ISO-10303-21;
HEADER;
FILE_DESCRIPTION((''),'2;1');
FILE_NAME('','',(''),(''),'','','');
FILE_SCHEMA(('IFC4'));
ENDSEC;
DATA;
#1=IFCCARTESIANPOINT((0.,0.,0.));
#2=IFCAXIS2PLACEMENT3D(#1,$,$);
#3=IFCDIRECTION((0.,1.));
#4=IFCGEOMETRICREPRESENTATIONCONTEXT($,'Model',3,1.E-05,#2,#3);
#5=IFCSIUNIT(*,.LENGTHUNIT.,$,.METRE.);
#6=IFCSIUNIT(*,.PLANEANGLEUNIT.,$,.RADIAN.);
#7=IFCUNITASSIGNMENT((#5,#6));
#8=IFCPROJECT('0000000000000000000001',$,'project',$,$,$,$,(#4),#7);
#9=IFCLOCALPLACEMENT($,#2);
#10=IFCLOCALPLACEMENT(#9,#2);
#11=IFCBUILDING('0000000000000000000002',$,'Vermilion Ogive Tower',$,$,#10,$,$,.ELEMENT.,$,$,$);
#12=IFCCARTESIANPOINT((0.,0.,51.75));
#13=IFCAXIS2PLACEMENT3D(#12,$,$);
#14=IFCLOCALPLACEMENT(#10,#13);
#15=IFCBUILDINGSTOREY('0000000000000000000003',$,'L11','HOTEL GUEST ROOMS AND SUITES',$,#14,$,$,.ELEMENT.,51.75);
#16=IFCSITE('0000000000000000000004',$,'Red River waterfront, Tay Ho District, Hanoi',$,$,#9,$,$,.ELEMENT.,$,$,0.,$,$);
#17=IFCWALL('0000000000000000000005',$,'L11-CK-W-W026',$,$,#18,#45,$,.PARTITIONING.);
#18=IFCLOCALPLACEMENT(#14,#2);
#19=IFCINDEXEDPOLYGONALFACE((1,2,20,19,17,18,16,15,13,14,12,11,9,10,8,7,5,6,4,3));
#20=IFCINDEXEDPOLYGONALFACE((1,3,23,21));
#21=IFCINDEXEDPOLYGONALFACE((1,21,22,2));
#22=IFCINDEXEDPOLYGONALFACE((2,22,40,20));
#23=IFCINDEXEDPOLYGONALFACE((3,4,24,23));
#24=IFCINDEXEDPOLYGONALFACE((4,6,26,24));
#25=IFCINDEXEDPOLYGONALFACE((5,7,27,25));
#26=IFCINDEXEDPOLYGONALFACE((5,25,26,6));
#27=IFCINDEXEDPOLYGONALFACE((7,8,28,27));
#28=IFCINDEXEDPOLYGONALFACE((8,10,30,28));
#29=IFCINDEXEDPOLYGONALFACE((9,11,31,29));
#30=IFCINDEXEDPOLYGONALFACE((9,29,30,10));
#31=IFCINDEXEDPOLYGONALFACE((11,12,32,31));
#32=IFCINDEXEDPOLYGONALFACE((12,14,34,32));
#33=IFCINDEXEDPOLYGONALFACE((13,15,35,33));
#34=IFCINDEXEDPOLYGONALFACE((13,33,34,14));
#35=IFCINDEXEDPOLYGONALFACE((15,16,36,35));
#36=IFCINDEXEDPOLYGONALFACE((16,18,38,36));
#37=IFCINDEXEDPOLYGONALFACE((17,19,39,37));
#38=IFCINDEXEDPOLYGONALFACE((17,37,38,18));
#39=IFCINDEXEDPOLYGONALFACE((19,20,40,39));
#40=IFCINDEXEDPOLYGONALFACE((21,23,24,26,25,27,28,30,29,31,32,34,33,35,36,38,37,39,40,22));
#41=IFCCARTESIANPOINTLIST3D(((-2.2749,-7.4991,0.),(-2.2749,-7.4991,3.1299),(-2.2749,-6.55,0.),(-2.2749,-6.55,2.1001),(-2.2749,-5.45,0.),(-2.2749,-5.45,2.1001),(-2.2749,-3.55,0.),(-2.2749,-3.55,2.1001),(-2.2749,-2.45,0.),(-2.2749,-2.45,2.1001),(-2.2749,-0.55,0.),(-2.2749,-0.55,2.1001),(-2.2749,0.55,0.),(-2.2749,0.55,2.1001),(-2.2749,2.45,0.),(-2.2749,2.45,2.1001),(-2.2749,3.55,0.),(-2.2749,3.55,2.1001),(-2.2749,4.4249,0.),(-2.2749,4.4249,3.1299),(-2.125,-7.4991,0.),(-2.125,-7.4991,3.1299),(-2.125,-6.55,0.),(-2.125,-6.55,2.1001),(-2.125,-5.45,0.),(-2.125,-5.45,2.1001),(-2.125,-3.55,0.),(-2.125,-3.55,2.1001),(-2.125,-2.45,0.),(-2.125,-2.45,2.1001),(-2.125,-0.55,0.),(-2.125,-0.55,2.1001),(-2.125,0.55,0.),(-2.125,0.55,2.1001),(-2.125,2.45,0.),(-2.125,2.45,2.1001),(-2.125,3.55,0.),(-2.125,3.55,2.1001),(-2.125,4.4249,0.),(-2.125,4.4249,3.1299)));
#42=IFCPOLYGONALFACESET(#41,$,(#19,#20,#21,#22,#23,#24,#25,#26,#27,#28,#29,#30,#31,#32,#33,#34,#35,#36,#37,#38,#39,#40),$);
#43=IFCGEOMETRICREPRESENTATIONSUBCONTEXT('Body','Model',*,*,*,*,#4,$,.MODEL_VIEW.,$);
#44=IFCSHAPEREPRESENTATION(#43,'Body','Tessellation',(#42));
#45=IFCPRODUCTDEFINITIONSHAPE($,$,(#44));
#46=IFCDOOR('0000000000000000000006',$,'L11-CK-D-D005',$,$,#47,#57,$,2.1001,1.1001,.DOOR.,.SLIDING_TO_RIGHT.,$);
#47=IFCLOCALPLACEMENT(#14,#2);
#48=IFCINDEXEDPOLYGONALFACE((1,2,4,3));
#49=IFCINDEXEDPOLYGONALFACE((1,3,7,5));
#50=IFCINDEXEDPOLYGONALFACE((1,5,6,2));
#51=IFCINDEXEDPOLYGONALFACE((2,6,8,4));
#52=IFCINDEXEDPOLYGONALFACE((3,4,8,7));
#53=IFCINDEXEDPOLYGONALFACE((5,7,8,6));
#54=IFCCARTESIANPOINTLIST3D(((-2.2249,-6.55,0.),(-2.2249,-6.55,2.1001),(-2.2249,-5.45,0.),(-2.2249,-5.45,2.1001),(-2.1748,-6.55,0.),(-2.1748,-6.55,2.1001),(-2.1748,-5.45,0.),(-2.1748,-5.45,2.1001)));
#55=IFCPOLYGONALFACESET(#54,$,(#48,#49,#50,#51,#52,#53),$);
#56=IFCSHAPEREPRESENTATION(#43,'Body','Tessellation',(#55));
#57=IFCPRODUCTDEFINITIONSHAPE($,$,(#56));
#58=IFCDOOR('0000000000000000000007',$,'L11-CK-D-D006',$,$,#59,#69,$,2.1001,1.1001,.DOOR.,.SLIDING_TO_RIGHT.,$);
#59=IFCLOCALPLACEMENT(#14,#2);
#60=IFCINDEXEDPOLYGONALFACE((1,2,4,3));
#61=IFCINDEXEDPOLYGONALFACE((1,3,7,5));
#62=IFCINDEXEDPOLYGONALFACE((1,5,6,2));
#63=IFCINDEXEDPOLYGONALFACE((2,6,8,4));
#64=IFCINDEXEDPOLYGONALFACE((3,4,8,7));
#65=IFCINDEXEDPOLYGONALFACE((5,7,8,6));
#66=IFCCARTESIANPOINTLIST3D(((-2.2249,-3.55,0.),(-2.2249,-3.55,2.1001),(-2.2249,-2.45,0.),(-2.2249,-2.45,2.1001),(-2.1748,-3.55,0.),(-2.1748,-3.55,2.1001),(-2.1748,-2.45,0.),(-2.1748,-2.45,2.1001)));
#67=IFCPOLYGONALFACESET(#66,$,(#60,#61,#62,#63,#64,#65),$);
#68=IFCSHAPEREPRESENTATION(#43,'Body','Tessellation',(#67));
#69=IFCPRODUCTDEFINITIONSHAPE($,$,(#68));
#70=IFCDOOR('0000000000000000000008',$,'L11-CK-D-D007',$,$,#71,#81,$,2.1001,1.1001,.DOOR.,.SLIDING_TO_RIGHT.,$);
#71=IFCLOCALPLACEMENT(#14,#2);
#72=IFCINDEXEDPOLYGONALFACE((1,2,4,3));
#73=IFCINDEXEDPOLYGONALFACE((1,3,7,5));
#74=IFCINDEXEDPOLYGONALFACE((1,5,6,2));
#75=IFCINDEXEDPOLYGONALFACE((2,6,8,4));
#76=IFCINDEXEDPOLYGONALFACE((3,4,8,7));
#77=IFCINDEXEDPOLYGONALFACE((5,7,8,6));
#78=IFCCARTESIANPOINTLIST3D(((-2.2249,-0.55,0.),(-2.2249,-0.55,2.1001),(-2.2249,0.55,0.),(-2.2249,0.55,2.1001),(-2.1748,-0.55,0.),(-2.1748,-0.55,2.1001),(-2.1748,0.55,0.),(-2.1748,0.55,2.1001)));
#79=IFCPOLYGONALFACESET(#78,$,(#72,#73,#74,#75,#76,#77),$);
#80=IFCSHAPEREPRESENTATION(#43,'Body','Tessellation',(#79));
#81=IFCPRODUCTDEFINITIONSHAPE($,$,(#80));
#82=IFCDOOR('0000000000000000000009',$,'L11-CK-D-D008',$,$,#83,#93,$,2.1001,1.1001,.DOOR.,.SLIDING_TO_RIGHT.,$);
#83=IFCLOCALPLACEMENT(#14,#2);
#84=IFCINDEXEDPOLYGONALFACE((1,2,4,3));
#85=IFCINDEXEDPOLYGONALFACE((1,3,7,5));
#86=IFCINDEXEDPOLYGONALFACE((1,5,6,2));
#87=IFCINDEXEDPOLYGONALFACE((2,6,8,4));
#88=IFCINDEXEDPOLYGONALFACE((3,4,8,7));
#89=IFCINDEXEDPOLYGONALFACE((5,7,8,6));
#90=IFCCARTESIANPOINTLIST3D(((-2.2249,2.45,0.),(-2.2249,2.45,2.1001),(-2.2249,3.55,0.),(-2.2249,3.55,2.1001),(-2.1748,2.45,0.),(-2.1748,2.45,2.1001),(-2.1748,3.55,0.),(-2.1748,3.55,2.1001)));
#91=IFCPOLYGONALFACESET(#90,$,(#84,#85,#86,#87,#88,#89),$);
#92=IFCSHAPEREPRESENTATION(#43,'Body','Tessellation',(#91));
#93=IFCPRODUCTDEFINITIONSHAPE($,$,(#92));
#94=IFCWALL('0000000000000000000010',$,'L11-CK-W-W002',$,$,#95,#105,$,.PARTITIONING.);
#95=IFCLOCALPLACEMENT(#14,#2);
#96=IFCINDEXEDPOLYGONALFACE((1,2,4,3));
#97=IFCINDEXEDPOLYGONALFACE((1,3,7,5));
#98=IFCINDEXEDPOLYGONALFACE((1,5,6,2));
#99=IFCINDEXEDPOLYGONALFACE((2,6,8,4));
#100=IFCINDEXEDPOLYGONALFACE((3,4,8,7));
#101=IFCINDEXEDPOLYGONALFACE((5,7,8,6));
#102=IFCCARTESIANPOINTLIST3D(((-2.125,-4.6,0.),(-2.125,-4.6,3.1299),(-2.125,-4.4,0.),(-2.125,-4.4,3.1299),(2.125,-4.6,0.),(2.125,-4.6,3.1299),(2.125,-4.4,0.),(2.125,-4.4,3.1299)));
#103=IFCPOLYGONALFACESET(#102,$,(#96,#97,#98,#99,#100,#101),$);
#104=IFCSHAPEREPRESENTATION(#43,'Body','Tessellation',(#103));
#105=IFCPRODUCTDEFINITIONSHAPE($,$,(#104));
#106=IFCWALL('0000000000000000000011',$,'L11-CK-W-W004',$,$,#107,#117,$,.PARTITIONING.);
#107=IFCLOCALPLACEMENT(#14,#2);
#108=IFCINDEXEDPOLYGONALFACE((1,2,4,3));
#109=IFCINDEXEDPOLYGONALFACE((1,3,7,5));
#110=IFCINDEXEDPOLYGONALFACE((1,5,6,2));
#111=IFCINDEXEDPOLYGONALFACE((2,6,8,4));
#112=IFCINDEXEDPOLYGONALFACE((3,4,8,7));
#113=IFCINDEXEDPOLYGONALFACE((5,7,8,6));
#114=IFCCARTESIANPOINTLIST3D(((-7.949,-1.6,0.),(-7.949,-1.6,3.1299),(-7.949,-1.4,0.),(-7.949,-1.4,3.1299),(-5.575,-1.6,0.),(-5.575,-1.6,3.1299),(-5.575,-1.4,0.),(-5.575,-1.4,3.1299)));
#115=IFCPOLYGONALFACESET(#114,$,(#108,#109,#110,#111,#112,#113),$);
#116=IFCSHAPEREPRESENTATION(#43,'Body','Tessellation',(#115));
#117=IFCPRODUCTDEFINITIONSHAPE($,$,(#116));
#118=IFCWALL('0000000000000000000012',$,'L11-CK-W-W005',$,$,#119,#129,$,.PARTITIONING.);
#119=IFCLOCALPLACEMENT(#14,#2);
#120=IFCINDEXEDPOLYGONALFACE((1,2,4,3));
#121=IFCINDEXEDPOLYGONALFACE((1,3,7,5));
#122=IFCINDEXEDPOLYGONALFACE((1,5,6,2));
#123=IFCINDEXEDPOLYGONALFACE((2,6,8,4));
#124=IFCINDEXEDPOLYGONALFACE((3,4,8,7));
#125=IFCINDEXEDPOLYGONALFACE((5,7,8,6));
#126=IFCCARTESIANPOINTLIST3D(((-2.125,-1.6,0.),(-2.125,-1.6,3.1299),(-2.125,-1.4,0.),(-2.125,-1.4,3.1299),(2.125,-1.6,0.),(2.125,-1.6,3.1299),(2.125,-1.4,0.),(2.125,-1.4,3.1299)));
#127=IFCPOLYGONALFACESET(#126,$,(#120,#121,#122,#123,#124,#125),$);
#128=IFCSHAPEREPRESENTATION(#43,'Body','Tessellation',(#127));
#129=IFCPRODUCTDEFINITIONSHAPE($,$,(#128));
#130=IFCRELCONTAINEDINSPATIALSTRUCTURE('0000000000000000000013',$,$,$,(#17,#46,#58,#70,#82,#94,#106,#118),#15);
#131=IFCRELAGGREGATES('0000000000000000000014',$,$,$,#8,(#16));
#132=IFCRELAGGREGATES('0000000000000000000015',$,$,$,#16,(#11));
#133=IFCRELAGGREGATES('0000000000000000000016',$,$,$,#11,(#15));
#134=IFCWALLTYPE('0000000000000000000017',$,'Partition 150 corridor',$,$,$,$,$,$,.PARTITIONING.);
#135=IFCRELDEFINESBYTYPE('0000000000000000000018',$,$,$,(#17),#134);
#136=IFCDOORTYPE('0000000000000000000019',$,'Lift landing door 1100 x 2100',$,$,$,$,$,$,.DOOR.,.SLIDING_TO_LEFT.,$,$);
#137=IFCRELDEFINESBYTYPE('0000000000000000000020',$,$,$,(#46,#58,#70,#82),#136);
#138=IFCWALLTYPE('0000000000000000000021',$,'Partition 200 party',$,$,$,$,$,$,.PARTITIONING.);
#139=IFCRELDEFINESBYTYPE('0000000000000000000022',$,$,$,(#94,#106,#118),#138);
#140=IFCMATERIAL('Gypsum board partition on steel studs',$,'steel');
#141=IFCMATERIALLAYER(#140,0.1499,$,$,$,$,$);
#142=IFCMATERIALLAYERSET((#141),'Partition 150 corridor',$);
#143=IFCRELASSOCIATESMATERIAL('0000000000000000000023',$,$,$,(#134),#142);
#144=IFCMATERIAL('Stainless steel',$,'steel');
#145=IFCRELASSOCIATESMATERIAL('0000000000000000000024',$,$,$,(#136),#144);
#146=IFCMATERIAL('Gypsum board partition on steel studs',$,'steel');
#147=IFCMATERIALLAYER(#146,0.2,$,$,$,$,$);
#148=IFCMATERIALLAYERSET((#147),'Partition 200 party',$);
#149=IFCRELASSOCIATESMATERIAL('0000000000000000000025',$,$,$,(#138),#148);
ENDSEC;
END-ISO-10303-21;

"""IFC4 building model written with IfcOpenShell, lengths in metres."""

from ifc_helpers import new_model, si_unit, direction, frame, frame_2d, origin, place, context, subcontext, project, spatial, rectangle, extrude, material, layer, layer_set, type_object, element, fill, save


model = new_model("IFC4")

# Units and contexts
model_context = context("Model", 3, precision=1e-05, world=origin(), true_north=direction((0.0, 1.0)))
body_context = subcontext(model_context, "Body", "Model", "MODEL_VIEW")
ifc_project = project(units=[si_unit("LENGTHUNIT", "METRE"), si_unit("PLANEANGLEUNIT", "RADIAN")], contexts=[model_context])

# Site, building, storey
site_placement = place(None, origin())
site = spatial("IfcSite", under=ifc_project, at=site_placement, Name="Red River waterfront, Tay Ho District, Hanoi", CompositionType="ELEMENT", RefElevation=0.0)
building_placement = place(site_placement, origin())
building = spatial("IfcBuilding", under=site, at=building_placement, Name="Vermilion Ogive Tower", CompositionType="ELEMENT")
storey_placement = place(building_placement, frame((0.0, 0.0, 51.75)))
storey = spatial("IfcBuildingStorey", under=building, at=storey_placement, Name="L11", Description="HOTEL GUEST ROOMS AND SUITES", CompositionType="ELEMENT", Elevation=51.75)

# Wall, openings, doors
ifc_material_1 = material(Name="Gypsum board partition on steel studs", Category="steel")
ifc_layer_1 = layer(ifc_material_1, 0.1499)
ifc_layer_set_1 = layer_set([ifc_layer_1], Name="Partition 150 corridor")
wall_type_1 = type_object("IfcWallType", Name="Partition 150 corridor", PredefinedType="PARTITIONING", material=ifc_layer_set_1)
ifc_material_2 = material(Name="Stainless steel", Category="steel")
door_type = type_object("IfcDoorType", Name="Lift landing door 1100 x 2100", OperationType="SLIDING_TO_LEFT", PredefinedType="DOOR", material=ifc_material_2)
wall_1_placement = place(storey_placement, frame((-2.2, -7.499, 0.0), z_axis=(0.0, 0.0, 1.0), x_axis=(0.0, 1.0, 0.0)))
wall_1 = element("IfcWall", 1, at=wall_1_placement, inside=storey, type_object=wall_type_1, Name="L11-CK-W-W026", PredefinedType="PARTITIONING", context=body_context, shape_type="SweptSolid", body=[
    extrude(rectangle(XDim=11.9241, YDim=0.1499, at=frame_2d((5.9619, 0.0))), origin(), (0.0, 0.0, 1.0), 3.1299),
])
opening_1_placement = place(wall_1_placement, frame((0.949, 0.0, 0.0)))
opening_1 = element("IfcOpeningElement", 2, at=opening_1_placement, cuts=wall_1, PredefinedType="OPENING", context=body_context, shape_type="SweptSolid", body=[
    extrude(rectangle(XDim=1.1001, YDim=2.1001, at=frame_2d((0.55, 1.05))), frame((0.0, 0.085, 0.0), z_axis=(0.0, -1.0, 0.0), x_axis=(1.0, 0.0, 0.0)), (0.0, 0.0, 1.0), 0.1699),
])
opening_2_placement = place(wall_1_placement, frame((3.949, 0.0, 0.0)))
opening_2 = element("IfcOpeningElement", 3, at=opening_2_placement, cuts=wall_1, PredefinedType="OPENING", context=body_context, shape_type="SweptSolid", body=[
    extrude(rectangle(XDim=1.1001, YDim=2.1001, at=frame_2d((0.55, 1.05))), frame((0.0, 0.085, 0.0), z_axis=(0.0, -1.0, 0.0), x_axis=(1.0, 0.0, 0.0)), (0.0, 0.0, 1.0), 0.1699),
])
opening_3_placement = place(wall_1_placement, frame((6.949, 0.0, 0.0)))
opening_3 = element("IfcOpeningElement", 4, at=opening_3_placement, cuts=wall_1, PredefinedType="OPENING", context=body_context, shape_type="SweptSolid", body=[
    extrude(rectangle(XDim=1.1001, YDim=2.1001, at=frame_2d((0.55, 1.05))), frame((0.0, 0.085, 0.0), z_axis=(0.0, -1.0, 0.0), x_axis=(1.0, 0.0, 0.0)), (0.0, 0.0, 1.0), 0.1699),
])
opening_4_placement = place(wall_1_placement, frame((9.949, 0.0, 0.0)))
opening_4 = element("IfcOpeningElement", 5, at=opening_4_placement, cuts=wall_1, PredefinedType="OPENING", context=body_context, shape_type="SweptSolid", body=[
    extrude(rectangle(XDim=1.1001, YDim=2.1001, at=frame_2d((0.55, 1.05))), frame((0.0, 0.085, 0.0), z_axis=(0.0, -1.0, 0.0), x_axis=(1.0, 0.0, 0.0)), (0.0, 0.0, 1.0), 0.1699),
])
door_1_placement = place(opening_1_placement, origin())
door_1 = element("IfcDoor", 6, at=door_1_placement, inside=storey, type_object=door_type, Name="L11-CK-D-D005", OperationType="SLIDING_TO_RIGHT", OverallHeight=2.1001, OverallWidth=1.1001, PredefinedType="DOOR", context=body_context, shape_type="SweptSolid", body=[
    extrude(rectangle(XDim=1.1001, YDim=2.1001, at=frame_2d((0.55, 1.05))), frame((0.0, 0.0249, 0.0), z_axis=(0.0, -1.0, 0.0), x_axis=(1.0, 0.0, 0.0)), (0.0, 0.0, 1.0), 0.05),
])
fill(opening_1, door_1)
door_2_placement = place(opening_2_placement, origin())
door_2 = element("IfcDoor", 7, at=door_2_placement, inside=storey, type_object=door_type, Name="L11-CK-D-D006", OperationType="SLIDING_TO_RIGHT", OverallHeight=2.1001, OverallWidth=1.1001, PredefinedType="DOOR", context=body_context, shape_type="SweptSolid", body=[
    extrude(rectangle(XDim=1.1001, YDim=2.1001, at=frame_2d((0.55, 1.05))), frame((0.0, 0.0249, 0.0), z_axis=(0.0, -1.0, 0.0), x_axis=(1.0, 0.0, 0.0)), (0.0, 0.0, 1.0), 0.05),
])
fill(opening_2, door_2)
door_3_placement = place(opening_3_placement, origin())
door_3 = element("IfcDoor", 8, at=door_3_placement, inside=storey, type_object=door_type, Name="L11-CK-D-D007", OperationType="SLIDING_TO_RIGHT", OverallHeight=2.1001, OverallWidth=1.1001, PredefinedType="DOOR", context=body_context, shape_type="SweptSolid", body=[
    extrude(rectangle(XDim=1.1001, YDim=2.1001, at=frame_2d((0.55, 1.05))), frame((0.0, 0.0249, 0.0), z_axis=(0.0, -1.0, 0.0), x_axis=(1.0, 0.0, 0.0)), (0.0, 0.0, 1.0), 0.05),
])
fill(opening_3, door_3)
door_4_placement = place(opening_4_placement, origin())
door_4 = element("IfcDoor", 9, at=door_4_placement, inside=storey, type_object=door_type, Name="L11-CK-D-D008", OperationType="SLIDING_TO_RIGHT", OverallHeight=2.1001, OverallWidth=1.1001, PredefinedType="DOOR", context=body_context, shape_type="SweptSolid", body=[
    extrude(rectangle(XDim=1.1001, YDim=2.1001, at=frame_2d((0.55, 1.05))), frame((0.0, 0.0249, 0.0), z_axis=(0.0, -1.0, 0.0), x_axis=(1.0, 0.0, 0.0)), (0.0, 0.0, 1.0), 0.05),
])
fill(opening_4, door_4)

# Walls
ifc_material_3 = material(Name="Gypsum board partition on steel studs", Category="steel")
ifc_layer_2 = layer(ifc_material_3, 0.2)
ifc_layer_set_2 = layer_set([ifc_layer_2], Name="Partition 200 party")
wall_type_2 = type_object("IfcWallType", Name="Partition 200 party", PredefinedType="PARTITIONING", material=ifc_layer_set_2)
wall_2_placement = place(storey_placement, frame((-2.125, -4.5, 0.0), z_axis=(0.0, 0.0, 1.0), x_axis=(1.0, 0.0, 0.0)))
element("IfcWall", 10, at=wall_2_placement, inside=storey, type_object=wall_type_2, Name="L11-CK-W-W002", PredefinedType="PARTITIONING", context=body_context, shape_type="SweptSolid", body=[
    extrude(rectangle(XDim=4.25, YDim=0.2, at=frame_2d((2.125, 0.0))), origin(), (0.0, 0.0, 1.0), 3.1299),
])
wall_3_placement = place(storey_placement, frame((-7.949, -1.5, 0.0), z_axis=(0.0, 0.0, 1.0), x_axis=(1.0, 0.0, 0.0)))
element("IfcWall", 11, at=wall_3_placement, inside=storey, type_object=wall_type_2, Name="L11-CK-W-W004", PredefinedType="PARTITIONING", context=body_context, shape_type="SweptSolid", body=[
    extrude(rectangle(XDim=2.374, YDim=0.2, at=frame_2d((1.187, 0.0))), origin(), (0.0, 0.0, 1.0), 3.1299),
])
wall_4_placement = place(storey_placement, frame((-2.125, -1.5, 0.0), z_axis=(0.0, 0.0, 1.0), x_axis=(1.0, 0.0, 0.0)))
element("IfcWall", 12, at=wall_4_placement, inside=storey, type_object=wall_type_2, Name="L11-CK-W-W005", PredefinedType="PARTITIONING", context=body_context, shape_type="SweptSolid", body=[
    extrude(rectangle(XDim=4.25, YDim=0.2, at=frame_2d((2.125, 0.0))), origin(), (0.0, 0.0, 1.0), 3.1299),
])

save(model, "model.ifc")
